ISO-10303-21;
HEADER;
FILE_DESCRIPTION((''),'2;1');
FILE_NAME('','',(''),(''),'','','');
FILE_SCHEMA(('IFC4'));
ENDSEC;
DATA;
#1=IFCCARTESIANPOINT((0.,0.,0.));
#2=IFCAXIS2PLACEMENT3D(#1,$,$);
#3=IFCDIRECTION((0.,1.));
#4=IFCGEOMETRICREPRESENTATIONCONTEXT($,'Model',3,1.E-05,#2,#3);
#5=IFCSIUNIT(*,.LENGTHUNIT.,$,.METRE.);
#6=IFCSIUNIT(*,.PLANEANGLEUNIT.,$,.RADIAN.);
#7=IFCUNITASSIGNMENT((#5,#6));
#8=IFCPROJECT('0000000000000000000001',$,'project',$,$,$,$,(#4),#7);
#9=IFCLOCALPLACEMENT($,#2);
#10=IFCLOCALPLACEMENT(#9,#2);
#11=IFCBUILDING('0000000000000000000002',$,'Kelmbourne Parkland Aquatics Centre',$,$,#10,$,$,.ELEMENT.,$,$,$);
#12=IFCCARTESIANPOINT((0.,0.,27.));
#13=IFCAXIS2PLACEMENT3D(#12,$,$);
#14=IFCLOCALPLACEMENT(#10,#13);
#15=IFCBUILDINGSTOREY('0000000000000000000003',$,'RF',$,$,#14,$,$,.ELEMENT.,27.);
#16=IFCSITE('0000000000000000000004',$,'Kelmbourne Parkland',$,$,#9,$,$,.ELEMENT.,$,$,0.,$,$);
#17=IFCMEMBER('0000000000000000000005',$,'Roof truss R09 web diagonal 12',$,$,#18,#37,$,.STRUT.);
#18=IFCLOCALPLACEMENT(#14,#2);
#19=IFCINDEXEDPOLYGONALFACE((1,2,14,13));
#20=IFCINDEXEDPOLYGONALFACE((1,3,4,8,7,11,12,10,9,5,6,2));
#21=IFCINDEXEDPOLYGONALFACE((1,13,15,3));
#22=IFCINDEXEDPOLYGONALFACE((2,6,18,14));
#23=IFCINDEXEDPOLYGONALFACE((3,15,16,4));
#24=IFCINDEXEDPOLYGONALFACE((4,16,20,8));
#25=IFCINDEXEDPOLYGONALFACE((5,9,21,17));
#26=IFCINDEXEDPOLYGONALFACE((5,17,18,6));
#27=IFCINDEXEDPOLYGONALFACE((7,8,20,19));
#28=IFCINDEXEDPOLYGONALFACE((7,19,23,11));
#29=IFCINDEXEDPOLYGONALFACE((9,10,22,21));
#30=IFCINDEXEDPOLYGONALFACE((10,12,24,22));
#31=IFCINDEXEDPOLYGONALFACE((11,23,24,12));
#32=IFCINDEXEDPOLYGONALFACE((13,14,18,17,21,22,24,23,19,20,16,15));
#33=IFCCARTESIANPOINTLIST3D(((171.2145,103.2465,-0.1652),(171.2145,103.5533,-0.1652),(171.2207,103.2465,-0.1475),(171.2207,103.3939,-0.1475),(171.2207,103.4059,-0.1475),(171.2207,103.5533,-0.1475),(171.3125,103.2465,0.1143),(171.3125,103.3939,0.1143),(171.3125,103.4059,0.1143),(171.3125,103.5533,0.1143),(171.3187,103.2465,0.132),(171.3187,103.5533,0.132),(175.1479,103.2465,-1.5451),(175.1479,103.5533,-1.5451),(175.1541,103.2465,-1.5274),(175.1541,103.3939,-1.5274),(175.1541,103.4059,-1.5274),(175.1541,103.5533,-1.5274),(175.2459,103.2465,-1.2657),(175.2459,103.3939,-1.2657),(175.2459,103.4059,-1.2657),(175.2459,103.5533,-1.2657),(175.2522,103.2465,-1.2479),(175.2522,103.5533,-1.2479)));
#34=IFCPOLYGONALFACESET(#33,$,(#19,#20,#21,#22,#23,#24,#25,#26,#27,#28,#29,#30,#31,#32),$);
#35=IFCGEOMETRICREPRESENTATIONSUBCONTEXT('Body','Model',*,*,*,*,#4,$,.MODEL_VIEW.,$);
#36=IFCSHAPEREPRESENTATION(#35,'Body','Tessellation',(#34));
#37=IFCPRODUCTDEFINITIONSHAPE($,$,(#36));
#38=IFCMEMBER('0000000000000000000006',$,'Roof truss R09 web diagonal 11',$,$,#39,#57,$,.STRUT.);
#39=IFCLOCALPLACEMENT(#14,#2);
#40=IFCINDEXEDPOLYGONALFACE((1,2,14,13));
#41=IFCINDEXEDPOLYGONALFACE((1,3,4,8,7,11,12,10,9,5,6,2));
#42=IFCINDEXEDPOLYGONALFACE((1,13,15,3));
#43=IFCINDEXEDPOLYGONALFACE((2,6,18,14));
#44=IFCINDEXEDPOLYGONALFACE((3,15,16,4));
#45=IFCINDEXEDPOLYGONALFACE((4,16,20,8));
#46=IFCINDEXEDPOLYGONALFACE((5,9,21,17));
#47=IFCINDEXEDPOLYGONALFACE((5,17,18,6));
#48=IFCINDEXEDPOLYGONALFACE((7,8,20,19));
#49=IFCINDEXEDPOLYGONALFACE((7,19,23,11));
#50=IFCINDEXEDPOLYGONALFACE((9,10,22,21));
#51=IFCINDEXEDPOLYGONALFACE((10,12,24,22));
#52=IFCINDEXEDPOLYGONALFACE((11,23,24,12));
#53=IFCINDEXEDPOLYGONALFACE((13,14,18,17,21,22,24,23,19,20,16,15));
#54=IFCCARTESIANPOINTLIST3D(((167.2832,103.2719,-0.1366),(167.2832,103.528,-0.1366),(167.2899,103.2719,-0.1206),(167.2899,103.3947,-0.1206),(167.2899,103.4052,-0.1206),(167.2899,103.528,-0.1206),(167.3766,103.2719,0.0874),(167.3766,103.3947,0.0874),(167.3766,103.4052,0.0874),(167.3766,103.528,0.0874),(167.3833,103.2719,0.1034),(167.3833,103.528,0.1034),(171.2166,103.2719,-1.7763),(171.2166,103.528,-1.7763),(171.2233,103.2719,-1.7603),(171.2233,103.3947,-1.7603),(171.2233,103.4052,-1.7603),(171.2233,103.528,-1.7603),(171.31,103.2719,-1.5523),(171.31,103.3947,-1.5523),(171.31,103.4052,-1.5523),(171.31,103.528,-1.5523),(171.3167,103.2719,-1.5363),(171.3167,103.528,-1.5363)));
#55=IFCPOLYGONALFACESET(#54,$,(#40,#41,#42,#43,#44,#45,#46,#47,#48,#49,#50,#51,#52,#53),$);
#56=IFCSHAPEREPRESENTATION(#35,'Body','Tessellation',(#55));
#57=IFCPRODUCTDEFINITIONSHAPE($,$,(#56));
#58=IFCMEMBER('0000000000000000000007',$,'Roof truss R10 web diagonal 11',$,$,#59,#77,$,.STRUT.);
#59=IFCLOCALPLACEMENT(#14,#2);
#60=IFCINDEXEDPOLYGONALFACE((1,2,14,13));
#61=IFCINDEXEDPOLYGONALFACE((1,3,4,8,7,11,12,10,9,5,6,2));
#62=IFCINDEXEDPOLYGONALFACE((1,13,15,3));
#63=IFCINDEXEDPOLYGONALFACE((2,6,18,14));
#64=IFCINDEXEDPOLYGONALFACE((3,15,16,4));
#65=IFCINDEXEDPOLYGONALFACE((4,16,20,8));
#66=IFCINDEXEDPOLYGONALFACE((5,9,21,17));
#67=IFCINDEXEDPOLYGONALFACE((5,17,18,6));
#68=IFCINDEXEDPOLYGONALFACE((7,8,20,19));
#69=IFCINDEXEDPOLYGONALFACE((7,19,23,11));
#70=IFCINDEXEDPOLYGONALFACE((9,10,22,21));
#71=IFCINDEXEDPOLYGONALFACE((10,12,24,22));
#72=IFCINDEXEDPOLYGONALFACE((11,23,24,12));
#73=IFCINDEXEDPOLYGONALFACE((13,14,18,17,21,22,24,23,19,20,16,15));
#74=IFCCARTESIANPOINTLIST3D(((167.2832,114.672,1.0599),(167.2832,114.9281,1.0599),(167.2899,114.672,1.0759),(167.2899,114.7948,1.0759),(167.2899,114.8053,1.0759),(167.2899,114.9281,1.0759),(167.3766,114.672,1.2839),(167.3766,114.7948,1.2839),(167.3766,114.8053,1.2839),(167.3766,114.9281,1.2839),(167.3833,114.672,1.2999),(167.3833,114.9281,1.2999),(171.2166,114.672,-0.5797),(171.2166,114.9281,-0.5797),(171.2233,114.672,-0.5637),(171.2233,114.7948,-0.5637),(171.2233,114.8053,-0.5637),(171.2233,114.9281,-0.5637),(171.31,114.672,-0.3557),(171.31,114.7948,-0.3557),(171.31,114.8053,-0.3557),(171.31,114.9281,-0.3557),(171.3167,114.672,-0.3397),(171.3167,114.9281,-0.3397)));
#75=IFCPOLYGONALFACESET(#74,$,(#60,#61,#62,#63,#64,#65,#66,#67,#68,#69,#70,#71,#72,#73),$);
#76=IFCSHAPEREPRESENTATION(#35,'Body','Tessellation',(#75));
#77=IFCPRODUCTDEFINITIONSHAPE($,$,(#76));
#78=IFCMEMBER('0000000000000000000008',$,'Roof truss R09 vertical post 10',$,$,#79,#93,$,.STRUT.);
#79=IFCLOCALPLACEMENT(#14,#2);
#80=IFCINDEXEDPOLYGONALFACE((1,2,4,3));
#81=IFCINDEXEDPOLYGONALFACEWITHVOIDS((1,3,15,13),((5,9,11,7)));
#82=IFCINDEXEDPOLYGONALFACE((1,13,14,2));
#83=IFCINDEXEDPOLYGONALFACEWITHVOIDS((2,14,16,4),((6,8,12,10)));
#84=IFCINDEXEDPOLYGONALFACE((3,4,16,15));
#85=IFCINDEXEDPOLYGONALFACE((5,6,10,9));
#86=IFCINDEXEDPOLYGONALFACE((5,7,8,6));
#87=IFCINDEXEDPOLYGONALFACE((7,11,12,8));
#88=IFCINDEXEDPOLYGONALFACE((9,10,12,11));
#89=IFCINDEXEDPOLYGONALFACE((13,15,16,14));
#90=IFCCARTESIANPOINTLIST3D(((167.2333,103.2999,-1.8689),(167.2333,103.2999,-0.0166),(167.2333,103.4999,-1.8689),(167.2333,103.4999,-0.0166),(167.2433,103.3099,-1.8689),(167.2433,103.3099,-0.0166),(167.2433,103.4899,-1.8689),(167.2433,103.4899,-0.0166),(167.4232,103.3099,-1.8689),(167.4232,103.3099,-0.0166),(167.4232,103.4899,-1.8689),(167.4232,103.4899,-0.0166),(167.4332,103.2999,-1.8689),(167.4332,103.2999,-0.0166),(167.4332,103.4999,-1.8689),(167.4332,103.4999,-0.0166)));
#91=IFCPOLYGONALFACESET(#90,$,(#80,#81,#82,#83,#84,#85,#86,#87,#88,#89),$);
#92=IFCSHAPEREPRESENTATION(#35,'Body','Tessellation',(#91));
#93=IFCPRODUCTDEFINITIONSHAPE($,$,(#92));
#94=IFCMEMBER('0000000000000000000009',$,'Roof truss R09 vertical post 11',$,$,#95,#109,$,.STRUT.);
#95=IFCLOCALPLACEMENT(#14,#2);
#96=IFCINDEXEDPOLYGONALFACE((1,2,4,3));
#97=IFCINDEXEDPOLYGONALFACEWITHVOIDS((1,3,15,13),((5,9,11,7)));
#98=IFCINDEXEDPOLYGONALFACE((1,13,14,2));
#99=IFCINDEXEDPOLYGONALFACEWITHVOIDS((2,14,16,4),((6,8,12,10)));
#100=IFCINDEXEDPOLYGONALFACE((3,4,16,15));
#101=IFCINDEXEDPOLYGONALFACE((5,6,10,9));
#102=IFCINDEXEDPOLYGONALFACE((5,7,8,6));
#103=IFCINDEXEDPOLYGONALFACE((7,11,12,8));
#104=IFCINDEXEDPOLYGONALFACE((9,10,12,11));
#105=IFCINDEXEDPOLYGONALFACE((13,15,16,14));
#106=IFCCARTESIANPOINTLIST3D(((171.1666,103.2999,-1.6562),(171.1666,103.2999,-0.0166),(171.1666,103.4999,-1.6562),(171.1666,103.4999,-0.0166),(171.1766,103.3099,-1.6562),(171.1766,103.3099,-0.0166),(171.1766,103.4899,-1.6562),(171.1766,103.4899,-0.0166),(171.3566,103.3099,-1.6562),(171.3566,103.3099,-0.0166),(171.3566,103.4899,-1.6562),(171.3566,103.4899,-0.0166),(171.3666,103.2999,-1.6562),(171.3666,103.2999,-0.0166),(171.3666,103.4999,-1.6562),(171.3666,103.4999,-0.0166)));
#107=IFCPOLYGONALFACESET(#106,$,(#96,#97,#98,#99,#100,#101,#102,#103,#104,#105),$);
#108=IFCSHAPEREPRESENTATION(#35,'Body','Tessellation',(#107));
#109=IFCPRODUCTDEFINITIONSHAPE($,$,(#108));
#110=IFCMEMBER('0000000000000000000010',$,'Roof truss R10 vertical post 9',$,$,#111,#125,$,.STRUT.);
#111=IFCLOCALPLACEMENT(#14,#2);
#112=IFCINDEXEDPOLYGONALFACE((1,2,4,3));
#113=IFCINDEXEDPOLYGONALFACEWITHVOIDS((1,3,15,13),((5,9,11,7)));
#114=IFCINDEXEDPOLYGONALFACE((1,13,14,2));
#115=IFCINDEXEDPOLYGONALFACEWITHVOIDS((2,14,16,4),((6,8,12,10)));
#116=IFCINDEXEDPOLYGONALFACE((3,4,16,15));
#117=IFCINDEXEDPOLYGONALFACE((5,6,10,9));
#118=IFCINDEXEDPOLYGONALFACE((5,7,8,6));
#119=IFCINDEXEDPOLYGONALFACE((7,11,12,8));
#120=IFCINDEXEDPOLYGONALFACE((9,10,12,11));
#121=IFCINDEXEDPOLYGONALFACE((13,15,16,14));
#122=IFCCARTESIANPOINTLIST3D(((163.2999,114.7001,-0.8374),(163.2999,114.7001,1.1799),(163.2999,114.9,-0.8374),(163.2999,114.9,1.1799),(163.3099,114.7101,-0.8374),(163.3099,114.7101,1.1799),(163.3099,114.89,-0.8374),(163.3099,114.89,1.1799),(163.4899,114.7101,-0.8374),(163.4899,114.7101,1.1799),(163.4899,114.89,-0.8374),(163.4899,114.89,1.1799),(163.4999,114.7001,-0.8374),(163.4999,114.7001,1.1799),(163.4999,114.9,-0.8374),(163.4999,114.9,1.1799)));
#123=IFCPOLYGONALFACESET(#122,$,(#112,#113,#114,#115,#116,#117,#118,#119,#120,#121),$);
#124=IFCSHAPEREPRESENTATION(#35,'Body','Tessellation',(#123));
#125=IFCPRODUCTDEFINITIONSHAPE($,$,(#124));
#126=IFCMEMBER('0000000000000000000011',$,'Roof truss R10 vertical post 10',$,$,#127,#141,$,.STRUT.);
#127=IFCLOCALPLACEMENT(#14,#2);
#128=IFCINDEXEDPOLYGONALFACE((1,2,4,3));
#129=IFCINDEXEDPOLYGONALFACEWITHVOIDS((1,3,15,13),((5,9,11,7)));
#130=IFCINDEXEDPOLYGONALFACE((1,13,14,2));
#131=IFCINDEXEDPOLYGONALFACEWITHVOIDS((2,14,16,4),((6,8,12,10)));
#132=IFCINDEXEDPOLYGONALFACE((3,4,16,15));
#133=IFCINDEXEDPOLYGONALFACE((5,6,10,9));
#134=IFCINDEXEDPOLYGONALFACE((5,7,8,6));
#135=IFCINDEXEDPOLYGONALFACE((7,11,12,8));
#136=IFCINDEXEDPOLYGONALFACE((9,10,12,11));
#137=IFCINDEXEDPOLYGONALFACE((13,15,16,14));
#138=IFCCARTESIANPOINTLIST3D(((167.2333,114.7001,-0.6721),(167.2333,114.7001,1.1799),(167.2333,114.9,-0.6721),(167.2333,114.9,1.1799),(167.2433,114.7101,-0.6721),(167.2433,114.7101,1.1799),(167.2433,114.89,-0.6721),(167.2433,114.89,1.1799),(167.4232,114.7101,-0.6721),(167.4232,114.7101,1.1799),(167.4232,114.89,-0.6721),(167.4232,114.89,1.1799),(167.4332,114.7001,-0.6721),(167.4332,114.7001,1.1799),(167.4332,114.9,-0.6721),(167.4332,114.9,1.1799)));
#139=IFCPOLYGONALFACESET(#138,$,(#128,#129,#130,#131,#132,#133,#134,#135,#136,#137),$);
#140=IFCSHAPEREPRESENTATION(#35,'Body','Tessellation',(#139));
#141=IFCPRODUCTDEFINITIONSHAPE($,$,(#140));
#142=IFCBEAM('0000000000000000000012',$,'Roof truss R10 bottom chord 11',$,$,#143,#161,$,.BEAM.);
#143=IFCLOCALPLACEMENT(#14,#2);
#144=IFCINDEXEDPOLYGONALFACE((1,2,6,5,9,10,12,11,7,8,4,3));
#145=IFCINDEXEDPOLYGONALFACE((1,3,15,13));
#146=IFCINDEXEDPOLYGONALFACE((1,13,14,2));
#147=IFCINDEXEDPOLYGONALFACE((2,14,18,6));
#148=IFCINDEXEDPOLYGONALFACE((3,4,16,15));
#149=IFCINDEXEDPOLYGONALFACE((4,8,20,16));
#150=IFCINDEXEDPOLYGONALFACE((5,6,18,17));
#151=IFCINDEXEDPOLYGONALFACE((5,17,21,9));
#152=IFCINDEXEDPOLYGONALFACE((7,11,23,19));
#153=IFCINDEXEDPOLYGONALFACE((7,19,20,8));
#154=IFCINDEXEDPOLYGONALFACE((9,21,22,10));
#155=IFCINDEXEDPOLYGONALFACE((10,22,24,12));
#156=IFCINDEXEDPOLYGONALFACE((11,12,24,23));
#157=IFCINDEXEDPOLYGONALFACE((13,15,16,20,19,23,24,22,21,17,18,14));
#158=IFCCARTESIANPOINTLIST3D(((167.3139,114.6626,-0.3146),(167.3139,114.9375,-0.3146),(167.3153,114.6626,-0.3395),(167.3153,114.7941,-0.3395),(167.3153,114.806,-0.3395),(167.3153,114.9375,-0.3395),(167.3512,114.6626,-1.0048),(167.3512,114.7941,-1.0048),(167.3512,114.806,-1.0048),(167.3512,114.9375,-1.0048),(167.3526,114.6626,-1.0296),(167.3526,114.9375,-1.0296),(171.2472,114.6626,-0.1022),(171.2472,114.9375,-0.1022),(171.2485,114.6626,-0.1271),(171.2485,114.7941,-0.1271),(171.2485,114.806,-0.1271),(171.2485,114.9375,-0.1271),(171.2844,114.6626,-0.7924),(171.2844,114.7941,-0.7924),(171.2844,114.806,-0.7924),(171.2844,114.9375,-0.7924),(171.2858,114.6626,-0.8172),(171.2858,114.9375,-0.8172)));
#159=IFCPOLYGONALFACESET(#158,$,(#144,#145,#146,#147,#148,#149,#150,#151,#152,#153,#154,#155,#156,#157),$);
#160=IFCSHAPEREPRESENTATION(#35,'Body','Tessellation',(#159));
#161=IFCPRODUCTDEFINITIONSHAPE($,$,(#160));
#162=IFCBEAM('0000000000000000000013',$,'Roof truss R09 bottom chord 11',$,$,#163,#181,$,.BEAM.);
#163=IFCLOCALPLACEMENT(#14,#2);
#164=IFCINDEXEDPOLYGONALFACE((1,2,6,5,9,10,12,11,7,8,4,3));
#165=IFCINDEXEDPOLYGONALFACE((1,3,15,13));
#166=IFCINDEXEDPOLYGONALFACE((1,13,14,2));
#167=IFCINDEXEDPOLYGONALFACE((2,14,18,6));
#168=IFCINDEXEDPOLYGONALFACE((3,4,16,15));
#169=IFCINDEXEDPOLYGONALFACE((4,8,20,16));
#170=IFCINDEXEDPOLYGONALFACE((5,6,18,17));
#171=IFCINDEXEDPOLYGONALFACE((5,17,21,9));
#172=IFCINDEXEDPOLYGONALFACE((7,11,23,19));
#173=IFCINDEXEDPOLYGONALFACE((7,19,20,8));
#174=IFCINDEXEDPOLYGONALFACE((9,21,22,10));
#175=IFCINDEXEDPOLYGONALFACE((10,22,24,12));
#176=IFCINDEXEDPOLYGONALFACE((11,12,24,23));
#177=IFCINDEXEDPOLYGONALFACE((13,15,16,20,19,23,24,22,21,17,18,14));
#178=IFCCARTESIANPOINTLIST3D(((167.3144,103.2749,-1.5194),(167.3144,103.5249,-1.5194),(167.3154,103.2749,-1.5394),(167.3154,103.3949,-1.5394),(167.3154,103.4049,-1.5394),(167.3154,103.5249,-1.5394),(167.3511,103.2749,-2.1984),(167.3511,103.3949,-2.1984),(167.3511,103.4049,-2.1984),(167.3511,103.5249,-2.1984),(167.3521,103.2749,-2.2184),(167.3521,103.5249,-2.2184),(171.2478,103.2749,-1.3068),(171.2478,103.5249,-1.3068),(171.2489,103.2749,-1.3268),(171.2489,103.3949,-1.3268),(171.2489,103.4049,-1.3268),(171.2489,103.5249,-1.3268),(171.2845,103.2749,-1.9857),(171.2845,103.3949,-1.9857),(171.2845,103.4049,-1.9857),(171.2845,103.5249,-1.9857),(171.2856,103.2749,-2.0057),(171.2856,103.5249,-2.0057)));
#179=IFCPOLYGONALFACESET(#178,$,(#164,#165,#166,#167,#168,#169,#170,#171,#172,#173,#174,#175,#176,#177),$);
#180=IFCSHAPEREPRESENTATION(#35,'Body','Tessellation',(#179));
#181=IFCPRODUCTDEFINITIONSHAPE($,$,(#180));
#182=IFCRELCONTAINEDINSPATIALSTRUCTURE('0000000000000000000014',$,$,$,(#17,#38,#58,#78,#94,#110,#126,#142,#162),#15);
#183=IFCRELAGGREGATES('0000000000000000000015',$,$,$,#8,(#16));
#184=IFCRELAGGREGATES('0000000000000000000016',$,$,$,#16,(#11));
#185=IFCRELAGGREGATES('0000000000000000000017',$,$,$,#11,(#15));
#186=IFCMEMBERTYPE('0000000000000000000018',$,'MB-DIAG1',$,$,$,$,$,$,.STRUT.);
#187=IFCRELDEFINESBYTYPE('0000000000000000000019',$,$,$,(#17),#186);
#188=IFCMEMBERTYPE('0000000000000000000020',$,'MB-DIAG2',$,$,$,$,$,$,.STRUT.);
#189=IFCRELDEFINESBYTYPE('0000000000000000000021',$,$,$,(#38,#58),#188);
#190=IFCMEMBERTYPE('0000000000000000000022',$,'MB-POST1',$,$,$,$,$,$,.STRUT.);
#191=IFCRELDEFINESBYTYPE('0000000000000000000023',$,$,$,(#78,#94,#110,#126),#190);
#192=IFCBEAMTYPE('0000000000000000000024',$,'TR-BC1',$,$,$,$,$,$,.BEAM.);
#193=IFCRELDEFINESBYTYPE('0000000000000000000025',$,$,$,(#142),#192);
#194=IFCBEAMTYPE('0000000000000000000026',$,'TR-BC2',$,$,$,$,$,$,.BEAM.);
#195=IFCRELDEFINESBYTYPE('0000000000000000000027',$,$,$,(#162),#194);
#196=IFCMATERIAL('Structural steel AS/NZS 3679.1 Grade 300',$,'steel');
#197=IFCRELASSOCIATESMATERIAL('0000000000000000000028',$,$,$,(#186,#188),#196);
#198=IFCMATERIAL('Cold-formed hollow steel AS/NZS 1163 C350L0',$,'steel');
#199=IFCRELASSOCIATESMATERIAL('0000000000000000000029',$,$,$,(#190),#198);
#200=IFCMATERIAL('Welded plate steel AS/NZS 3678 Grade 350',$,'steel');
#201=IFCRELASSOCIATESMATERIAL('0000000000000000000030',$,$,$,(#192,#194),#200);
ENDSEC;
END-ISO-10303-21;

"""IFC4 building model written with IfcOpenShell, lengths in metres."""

from ifc_helpers import new_model, si_unit, direction, frame, origin, origin_2d, place, context, subcontext, project, spatial, hollow_rectangle, i_section, extrude, material, material_profile, profile_set, type_object, element, save


model = new_model("IFC4")

# Units and contexts
model_context = context("Model", 3, precision=1e-05, world=origin(), true_north=direction((0.0, 1.0)))
body_context = subcontext(model_context, "Body", "Model", "MODEL_VIEW")
ifc_project = project(units=[si_unit("LENGTHUNIT", "METRE"), si_unit("PLANEANGLEUNIT", "RADIAN")], contexts=[model_context])

# Site, building, storey
site_placement = place(None, origin())
site = spatial("IfcSite", under=ifc_project, at=site_placement, Name="Kelmbourne Parkland", CompositionType="ELEMENT", RefElevation=0.0)
building_placement = place(site_placement, origin())
building = spatial("IfcBuilding", under=site, at=building_placement, Name="Kelmbourne Parkland Aquatics Centre", CompositionType="ELEMENT")
storey_placement = place(building_placement, frame((0.0, 0.0, 27.0)))
storey = spatial("IfcBuildingStorey", under=building, at=storey_placement, Name="RF", CompositionType="ELEMENT", Elevation=27.0)

# Members
ifc_material_1 = material(Name="Structural steel AS/NZS 3679.1 Grade 300", Category="steel")
ifc_material_profile_1 = material_profile(ifc_material_1, i_section(OverallWidth=0.3069, OverallDepth=0.3149, WebThickness=0.012, FlangeThickness=0.0188, at=origin_2d()), Name="310UC118")
ifc_profile_set_1 = profile_set([ifc_material_profile_1], Name="Structural steel AS/NZS 3679.1 Grade 300")
member_type_1 = type_object("IfcMemberType", Name="MB-DIAG1", PredefinedType="STRUT", material=ifc_profile_set_1)
member_1_placement = place(storey_placement, frame((171.2666, 103.3999, -0.0166), z_axis=(0.943618, 0.0, -0.331036), x_axis=(0.0, 1.0, 0.0)))
element("IfcMember", 1, at=member_1_placement, inside=storey, type_object=member_type_1, Name="Roof truss R09 web diagonal 12", PredefinedType="STRUT", context=body_context, shape_type="SweptSolid", body=[
    extrude(i_section(OverallWidth=0.3069, OverallDepth=0.3149, WebThickness=0.012, FlangeThickness=0.0188, at=origin_2d()), origin(), (0.0, 0.0, 1.0), 4.1685),
])
ifc_material_profile_2 = material_profile(ifc_material_1, i_section(OverallWidth=0.2561, OverallDepth=0.26, WebThickness=0.0105, FlangeThickness=0.0173, at=origin_2d()), Name="250UC89.5")
ifc_profile_set_2 = profile_set([ifc_material_profile_2], Name="Structural steel AS/NZS 3679.1 Grade 300")
member_type_2 = type_object("IfcMemberType", Name="MB-DIAG2", PredefinedType="STRUT", material=ifc_profile_set_2)
for number, where, z_axis, x_axis, name in (
    (2, (167.3333, 103.3999, -0.0166), (0.923014, 0.0, -0.384766), (0.0, 1.0, 0.0), "Roof truss R09 web diagonal 11"),
    (3, (167.3333, 114.8, 1.1799), (0.923014, 0.0, -0.384766), (0.0, 1.0, 0.0), "Roof truss R10 web diagonal 11"),
):
    element("IfcMember", number, at=place(storey_placement, frame(where, z_axis=z_axis, x_axis=x_axis)), inside=storey, type_object=member_type_2, Name=name, PredefinedType="STRUT", context=body_context, shape_type="SweptSolid", body=[
        extrude(i_section(OverallWidth=0.2561, OverallDepth=0.26, WebThickness=0.0105, FlangeThickness=0.0173, at=origin_2d()), origin(), (0.0, 0.0, 1.0), 4.2615),
    ])
ifc_material_2 = material(Name="Cold-formed hollow steel AS/NZS 1163 C350L0", Category="steel")
ifc_material_profile_3 = material_profile(ifc_material_2, hollow_rectangle(XDim=0.2, YDim=0.2, WallThickness=0.01, at=origin_2d()), Name="SHS 200x200x10.0")
ifc_profile_set_3 = profile_set([ifc_material_profile_3], Name="Cold-formed hollow steel AS/NZS 1163 C350L0")
member_type_3 = type_object("IfcMemberType", Name="MB-POST1", PredefinedType="STRUT", material=ifc_profile_set_3)
member_2_placement = place(storey_placement, frame((167.3333, 103.3999, -1.8689), z_axis=(0.0, 0.0, 1.0), x_axis=(1.0, 0.0, 0.0)))
element("IfcMember", 4, at=member_2_placement, inside=storey, type_object=member_type_3, Name="Roof truss R09 vertical post 10", PredefinedType="STRUT", context=body_context, shape_type="SweptSolid", body=[
    extrude(hollow_rectangle(XDim=0.2, YDim=0.2, WallThickness=0.01, at=origin_2d()), origin(), (0.0, 0.0, 1.0), 1.8523),
])
member_3_placement = place(storey_placement, frame((171.2666, 103.3999, -1.6562), z_axis=(0.0, 0.0, 1.0), x_axis=(1.0, 0.0, 0.0)))
element("IfcMember", 5, at=member_3_placement, inside=storey, type_object=member_type_3, Name="Roof truss R09 vertical post 11", PredefinedType="STRUT", context=body_context, shape_type="SweptSolid", body=[
    extrude(hollow_rectangle(XDim=0.2, YDim=0.2, WallThickness=0.01, at=origin_2d()), origin(), (0.0, 0.0, 1.0), 1.6396),
])
member_4_placement = place(storey_placement, frame((163.3999, 114.8, -0.8374), z_axis=(0.0, 0.0, 1.0), x_axis=(1.0, 0.0, 0.0)))
element("IfcMember", 6, at=member_4_placement, inside=storey, type_object=member_type_3, Name="Roof truss R10 vertical post 9", PredefinedType="STRUT", context=body_context, shape_type="SweptSolid", body=[
    extrude(hollow_rectangle(XDim=0.2, YDim=0.2, WallThickness=0.01, at=origin_2d()), origin(), (0.0, 0.0, 1.0), 2.0173),
])
member_5_placement = place(storey_placement, frame((167.3333, 114.8, -0.6721), z_axis=(0.0, 0.0, 1.0), x_axis=(1.0, 0.0, 0.0)))
element("IfcMember", 7, at=member_5_placement, inside=storey, type_object=member_type_3, Name="Roof truss R10 vertical post 10", PredefinedType="STRUT", context=body_context, shape_type="SweptSolid", body=[
    extrude(hollow_rectangle(XDim=0.2, YDim=0.2, WallThickness=0.01, at=origin_2d()), origin(), (0.0, 0.0, 1.0), 1.8521),
])

# Beams
ifc_material_3 = material(Name="Welded plate steel AS/NZS 3678 Grade 350", Category="steel")
ifc_material_profile_4 = material_profile(ifc_material_3, i_section(OverallWidth=0.2749, OverallDepth=0.7161, WebThickness=0.012, FlangeThickness=0.0249, at=origin_2d()), Name="700WB173")
ifc_profile_set_4 = profile_set([ifc_material_profile_4], Name="Welded plate steel AS/NZS 3678 Grade 350")
beam_type_1 = type_object("IfcBeamType", Name="TR-BC1", PredefinedType="BEAM", material=ifc_profile_set_4)
beam_1_placement = place(storey_placement, frame((167.3333, 114.8, -0.6721), z_axis=(0.998545, 0.0, 0.053922), x_axis=(0.0, 1.0, 0.0)))
element("IfcBeam", 8, at=beam_1_placement, inside=storey, type_object=beam_type_1, Name="Roof truss R10 bottom chord 11", PredefinedType="BEAM", context=body_context, shape_type="SweptSolid", body=[
    extrude(i_section(OverallWidth=0.2749, OverallDepth=0.7161, WebThickness=0.012, FlangeThickness=0.0249, at=origin_2d()), origin(), (0.0, 0.0, 1.0), 3.939),
])
ifc_material_profile_5 = material_profile(ifc_material_3, i_section(OverallWidth=0.25, OverallDepth=0.7, WebThickness=0.01, FlangeThickness=0.02, at=origin_2d()), Name="700WB130")
ifc_profile_set_5 = profile_set([ifc_material_profile_5], Name="Welded plate steel AS/NZS 3678 Grade 350")
beam_type_2 = type_object("IfcBeamType", Name="TR-BC2", PredefinedType="BEAM", material=ifc_profile_set_5)
beam_2_placement = place(storey_placement, frame((167.3333, 103.3999, -1.8689), z_axis=(0.998542, 0.0, 0.053984), x_axis=(0.0, 1.0, 0.0)))
element("IfcBeam", 9, at=beam_2_placement, inside=storey, type_object=beam_type_2, Name="Roof truss R09 bottom chord 11", PredefinedType="BEAM", context=body_context, shape_type="SweptSolid", body=[
    extrude(i_section(OverallWidth=0.25, OverallDepth=0.7, WebThickness=0.01, FlangeThickness=0.02, at=origin_2d()), origin(), (0.0, 0.0, 1.0), 3.9392),
])

save(model, "model.ifc")
